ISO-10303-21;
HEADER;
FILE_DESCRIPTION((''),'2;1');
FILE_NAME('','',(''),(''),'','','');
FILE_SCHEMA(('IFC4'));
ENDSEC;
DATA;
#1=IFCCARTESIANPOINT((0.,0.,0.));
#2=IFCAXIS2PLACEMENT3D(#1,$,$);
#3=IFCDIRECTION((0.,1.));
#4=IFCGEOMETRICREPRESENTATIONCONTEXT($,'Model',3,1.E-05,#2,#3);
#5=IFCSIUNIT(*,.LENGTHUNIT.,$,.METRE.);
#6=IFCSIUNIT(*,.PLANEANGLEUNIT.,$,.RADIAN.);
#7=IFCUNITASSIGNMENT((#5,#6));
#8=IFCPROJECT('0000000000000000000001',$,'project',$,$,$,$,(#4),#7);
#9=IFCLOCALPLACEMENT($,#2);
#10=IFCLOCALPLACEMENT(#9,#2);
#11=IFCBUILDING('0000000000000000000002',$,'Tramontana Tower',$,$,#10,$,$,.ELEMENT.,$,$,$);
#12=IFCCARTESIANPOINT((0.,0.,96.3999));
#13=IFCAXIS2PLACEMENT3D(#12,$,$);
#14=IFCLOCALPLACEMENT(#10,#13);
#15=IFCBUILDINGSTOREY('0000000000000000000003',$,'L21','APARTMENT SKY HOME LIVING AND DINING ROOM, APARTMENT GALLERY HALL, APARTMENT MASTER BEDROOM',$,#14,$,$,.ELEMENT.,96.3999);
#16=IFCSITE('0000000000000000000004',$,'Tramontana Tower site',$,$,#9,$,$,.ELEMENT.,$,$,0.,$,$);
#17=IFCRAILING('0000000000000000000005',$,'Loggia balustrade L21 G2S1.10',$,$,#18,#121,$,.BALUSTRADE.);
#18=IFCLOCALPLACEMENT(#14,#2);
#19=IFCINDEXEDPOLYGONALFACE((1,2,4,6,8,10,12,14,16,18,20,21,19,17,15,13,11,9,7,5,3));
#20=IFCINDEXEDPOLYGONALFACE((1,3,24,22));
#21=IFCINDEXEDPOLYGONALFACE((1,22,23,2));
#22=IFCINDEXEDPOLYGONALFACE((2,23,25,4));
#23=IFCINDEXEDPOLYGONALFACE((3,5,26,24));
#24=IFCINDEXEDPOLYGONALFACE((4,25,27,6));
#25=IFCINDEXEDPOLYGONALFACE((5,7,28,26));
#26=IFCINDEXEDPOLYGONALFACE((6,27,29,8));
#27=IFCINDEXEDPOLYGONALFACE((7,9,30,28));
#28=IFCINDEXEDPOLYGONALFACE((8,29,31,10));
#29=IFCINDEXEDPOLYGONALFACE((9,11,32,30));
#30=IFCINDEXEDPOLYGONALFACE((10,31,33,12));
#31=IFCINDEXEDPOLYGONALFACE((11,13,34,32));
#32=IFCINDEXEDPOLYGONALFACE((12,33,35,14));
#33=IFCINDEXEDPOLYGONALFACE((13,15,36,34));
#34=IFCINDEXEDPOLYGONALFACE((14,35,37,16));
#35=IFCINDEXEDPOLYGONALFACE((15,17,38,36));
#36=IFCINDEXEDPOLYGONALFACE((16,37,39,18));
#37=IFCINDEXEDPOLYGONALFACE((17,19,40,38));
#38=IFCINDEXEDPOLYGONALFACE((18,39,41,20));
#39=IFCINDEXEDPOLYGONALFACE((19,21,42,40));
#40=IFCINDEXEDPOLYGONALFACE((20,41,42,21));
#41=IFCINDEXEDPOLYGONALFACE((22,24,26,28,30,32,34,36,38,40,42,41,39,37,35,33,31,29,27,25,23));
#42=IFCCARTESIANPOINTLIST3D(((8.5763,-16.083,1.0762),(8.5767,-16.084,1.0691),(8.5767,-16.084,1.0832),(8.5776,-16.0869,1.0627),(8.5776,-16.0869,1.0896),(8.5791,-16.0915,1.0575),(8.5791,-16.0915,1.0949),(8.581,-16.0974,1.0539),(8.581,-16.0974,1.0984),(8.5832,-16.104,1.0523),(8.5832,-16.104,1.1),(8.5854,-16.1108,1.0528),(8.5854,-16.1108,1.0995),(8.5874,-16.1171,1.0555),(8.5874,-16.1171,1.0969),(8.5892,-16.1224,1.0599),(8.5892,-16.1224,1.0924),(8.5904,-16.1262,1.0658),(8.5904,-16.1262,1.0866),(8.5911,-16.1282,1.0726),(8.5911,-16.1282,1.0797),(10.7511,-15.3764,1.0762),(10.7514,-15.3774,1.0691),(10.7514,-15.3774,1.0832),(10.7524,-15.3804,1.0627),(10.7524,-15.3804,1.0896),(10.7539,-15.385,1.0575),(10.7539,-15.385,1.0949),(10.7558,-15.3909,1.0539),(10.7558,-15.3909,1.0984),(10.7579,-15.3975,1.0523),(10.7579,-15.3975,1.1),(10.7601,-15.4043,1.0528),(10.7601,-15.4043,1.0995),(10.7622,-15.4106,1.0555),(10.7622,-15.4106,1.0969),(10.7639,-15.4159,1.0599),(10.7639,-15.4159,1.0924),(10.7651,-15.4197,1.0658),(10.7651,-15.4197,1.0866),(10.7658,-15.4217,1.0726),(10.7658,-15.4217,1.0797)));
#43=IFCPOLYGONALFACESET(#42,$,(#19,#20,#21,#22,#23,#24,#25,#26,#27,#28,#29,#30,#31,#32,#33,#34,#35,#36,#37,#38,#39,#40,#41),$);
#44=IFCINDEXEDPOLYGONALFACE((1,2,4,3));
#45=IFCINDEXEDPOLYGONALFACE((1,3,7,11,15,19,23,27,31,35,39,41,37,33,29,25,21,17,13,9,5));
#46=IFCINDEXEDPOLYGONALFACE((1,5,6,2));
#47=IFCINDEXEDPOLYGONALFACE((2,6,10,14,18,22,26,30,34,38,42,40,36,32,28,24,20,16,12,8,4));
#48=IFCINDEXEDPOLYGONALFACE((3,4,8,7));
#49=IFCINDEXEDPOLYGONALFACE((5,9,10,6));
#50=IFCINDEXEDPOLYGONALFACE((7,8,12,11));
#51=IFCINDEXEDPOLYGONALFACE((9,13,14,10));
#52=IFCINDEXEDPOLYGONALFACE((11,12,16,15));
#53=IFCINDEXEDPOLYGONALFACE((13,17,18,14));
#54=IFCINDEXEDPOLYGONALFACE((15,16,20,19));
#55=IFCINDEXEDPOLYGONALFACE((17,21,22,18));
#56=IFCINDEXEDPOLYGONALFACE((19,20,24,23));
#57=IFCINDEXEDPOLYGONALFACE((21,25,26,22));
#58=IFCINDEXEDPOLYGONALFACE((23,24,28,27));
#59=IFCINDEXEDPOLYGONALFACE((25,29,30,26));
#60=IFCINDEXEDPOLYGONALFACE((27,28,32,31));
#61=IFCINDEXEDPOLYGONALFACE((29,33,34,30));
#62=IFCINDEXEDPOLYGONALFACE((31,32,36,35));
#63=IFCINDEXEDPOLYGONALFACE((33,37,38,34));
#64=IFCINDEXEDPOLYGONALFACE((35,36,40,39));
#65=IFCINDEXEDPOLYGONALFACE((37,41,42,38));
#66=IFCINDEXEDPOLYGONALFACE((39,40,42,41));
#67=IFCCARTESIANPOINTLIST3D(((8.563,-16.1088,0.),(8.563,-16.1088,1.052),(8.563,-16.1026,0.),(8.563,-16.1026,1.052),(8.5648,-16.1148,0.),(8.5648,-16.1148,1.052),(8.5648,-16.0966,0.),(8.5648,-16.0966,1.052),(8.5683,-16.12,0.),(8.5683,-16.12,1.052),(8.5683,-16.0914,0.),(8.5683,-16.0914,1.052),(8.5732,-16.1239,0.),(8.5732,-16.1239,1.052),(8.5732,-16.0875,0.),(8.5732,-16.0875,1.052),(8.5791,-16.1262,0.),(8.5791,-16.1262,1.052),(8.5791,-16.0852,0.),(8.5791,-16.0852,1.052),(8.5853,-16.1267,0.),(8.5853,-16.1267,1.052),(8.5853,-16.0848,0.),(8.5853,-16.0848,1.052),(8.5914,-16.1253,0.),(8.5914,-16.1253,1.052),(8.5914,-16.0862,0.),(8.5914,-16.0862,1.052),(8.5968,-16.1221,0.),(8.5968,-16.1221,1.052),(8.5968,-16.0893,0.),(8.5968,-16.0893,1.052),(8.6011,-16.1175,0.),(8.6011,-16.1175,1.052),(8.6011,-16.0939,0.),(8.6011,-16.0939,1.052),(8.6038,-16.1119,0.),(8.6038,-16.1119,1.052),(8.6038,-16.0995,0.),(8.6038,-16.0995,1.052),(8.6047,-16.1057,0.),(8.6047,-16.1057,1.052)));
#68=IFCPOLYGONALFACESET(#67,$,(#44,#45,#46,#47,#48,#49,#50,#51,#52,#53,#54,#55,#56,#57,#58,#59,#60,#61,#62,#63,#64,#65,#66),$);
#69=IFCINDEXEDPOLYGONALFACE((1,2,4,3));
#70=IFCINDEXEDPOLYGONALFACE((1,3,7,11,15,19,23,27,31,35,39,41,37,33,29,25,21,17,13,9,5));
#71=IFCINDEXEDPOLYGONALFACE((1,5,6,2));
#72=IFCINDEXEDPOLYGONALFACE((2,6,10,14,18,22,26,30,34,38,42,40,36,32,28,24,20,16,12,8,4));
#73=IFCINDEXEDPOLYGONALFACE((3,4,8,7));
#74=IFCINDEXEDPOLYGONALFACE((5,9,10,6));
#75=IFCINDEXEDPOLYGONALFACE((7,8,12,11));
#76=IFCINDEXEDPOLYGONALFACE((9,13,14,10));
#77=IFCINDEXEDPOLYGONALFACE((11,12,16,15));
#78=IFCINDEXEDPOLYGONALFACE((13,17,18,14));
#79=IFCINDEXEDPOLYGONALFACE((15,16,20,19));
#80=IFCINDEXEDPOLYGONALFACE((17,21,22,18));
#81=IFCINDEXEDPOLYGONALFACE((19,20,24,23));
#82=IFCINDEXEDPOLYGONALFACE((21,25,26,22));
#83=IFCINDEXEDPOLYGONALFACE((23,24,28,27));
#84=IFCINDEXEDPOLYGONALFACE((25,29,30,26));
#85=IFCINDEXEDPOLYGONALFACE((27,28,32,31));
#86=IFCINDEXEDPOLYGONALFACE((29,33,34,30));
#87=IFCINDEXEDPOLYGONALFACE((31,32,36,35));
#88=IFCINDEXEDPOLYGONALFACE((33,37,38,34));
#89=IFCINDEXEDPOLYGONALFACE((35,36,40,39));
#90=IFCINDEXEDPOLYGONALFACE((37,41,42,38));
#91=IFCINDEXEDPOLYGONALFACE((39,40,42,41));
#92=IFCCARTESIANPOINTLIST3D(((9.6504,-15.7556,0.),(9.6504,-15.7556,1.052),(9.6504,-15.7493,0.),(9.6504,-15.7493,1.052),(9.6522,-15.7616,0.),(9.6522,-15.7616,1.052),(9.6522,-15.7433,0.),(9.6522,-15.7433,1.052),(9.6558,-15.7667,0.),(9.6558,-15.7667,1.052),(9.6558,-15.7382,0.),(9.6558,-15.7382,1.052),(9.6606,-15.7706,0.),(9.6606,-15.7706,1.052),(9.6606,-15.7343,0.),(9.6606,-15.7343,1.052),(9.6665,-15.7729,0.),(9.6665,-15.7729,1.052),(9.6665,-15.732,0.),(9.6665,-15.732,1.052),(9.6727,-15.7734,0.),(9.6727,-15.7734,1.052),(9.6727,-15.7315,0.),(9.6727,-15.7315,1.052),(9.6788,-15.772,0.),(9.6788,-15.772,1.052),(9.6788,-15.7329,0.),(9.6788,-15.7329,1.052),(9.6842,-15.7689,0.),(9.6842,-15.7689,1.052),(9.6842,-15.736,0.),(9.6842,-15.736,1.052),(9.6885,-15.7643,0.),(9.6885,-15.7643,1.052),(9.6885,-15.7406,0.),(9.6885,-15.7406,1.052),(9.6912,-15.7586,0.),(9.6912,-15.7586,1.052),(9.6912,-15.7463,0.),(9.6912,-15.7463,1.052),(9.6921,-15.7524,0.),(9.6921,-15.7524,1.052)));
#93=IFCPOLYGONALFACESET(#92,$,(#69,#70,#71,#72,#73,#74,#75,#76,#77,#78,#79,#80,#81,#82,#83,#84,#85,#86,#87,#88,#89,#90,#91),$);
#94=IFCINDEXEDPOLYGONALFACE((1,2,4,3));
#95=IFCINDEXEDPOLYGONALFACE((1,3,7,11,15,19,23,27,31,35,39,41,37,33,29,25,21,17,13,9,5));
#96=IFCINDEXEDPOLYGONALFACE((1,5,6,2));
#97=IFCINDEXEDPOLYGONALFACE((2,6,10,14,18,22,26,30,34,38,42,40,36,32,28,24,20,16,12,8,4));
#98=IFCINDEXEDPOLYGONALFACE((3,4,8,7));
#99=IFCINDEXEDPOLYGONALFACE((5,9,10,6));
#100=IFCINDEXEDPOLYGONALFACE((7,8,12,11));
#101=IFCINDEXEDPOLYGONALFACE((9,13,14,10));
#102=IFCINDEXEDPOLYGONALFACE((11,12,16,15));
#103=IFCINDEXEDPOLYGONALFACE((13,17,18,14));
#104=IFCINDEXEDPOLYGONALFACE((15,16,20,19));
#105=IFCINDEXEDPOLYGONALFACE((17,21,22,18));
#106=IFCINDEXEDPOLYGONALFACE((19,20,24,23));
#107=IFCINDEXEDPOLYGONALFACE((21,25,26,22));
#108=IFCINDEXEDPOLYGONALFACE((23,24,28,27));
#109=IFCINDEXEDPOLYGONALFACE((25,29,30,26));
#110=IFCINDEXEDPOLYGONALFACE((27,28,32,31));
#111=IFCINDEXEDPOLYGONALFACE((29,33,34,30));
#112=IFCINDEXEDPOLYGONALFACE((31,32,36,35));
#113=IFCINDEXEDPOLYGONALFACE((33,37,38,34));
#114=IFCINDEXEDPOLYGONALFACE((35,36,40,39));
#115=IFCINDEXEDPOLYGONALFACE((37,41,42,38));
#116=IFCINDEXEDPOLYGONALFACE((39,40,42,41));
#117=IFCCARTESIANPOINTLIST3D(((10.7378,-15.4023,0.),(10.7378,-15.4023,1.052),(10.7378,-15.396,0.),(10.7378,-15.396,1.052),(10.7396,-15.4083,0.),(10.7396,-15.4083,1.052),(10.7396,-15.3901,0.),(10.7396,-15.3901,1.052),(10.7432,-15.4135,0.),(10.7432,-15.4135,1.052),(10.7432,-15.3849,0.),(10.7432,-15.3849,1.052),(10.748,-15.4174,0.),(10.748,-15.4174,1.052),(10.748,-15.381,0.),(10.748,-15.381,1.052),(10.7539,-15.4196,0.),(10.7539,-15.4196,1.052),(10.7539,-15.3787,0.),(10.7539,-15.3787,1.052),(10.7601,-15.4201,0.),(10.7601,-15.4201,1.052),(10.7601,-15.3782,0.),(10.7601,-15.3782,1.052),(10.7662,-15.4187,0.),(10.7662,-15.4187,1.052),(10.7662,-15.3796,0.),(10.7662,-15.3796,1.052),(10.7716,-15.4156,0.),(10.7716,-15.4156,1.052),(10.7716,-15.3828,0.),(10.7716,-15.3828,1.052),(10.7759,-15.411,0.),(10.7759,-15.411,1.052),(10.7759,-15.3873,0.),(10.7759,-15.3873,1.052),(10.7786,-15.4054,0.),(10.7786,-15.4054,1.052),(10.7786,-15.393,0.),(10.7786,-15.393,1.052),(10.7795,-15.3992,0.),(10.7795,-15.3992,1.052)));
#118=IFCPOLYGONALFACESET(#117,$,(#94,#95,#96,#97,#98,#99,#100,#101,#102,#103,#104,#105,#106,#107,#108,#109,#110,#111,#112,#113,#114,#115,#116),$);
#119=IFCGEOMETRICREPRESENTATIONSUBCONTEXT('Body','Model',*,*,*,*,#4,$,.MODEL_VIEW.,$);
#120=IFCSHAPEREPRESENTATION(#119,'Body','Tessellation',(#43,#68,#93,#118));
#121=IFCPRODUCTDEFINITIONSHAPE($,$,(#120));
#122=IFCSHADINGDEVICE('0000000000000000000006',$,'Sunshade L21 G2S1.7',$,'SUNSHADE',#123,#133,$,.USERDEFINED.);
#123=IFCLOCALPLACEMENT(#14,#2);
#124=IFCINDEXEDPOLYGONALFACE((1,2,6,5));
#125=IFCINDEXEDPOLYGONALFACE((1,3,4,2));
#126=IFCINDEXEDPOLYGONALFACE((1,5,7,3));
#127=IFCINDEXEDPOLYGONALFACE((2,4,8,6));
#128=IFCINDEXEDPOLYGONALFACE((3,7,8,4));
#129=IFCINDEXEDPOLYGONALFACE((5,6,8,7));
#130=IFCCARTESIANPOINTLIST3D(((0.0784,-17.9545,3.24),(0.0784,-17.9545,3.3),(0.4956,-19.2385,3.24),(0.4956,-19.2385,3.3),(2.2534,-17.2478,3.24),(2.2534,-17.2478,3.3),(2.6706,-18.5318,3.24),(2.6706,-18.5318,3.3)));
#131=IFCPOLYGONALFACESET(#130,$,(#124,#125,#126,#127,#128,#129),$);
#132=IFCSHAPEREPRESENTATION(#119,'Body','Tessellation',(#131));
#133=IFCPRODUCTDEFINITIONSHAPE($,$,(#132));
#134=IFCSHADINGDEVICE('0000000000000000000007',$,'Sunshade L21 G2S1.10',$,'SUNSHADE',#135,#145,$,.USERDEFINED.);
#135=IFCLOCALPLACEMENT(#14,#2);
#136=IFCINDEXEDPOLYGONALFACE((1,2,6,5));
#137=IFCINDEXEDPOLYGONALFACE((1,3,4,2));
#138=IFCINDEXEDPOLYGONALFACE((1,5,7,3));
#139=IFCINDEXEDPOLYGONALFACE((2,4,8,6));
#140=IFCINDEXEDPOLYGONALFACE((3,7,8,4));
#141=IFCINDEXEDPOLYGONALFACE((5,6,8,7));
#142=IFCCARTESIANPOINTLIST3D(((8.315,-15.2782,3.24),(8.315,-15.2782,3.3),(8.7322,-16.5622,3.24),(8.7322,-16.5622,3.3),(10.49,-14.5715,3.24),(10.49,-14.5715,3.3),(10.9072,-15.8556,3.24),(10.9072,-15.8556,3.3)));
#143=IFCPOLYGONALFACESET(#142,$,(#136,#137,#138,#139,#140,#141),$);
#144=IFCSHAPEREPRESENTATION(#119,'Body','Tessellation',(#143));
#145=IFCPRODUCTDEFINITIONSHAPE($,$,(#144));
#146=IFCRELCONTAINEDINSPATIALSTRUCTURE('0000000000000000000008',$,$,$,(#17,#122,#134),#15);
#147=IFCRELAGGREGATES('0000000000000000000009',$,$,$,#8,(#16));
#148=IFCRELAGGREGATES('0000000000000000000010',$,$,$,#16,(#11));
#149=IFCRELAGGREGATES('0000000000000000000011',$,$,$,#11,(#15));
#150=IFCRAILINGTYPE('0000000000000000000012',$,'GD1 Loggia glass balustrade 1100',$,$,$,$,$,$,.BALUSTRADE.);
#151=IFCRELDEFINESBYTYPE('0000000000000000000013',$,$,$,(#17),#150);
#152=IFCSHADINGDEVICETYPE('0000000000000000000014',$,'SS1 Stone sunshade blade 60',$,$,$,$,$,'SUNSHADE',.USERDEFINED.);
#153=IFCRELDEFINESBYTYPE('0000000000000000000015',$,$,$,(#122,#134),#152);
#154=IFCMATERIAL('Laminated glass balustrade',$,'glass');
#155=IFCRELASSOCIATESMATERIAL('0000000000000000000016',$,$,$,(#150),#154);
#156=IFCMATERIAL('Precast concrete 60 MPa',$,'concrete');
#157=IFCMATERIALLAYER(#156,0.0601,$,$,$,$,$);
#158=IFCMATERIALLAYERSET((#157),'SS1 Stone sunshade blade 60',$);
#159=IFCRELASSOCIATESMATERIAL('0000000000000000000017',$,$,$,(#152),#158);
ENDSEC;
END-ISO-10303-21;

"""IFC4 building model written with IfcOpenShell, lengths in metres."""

from ifc_helpers import new_model, si_unit, direction, frame, origin, origin_2d, place, context, subcontext, project, spatial, rectangle, circle, extrude, material, layer, layer_set, type_object, element, save


model = new_model("IFC4")

# Units and contexts
model_context = context("Model", 3, precision=1e-05, world=origin(), true_north=direction((0.0, 1.0)))
body_context = subcontext(model_context, "Body", "Model", "MODEL_VIEW")
ifc_project = project(units=[si_unit("LENGTHUNIT", "METRE"), si_unit("PLANEANGLEUNIT", "RADIAN")], contexts=[model_context])

# Site, building, storey
site_placement = place(None, origin())
site = spatial("IfcSite", under=ifc_project, at=site_placement, Name="Tramontana Tower site", CompositionType="ELEMENT", RefElevation=0.0)
building_placement = place(site_placement, origin())
building = spatial("IfcBuilding", under=site, at=building_placement, Name="Tramontana Tower", CompositionType="ELEMENT")
storey_placement = place(building_placement, frame((0.0, 0.0, 96.3999)))
storey = spatial("IfcBuildingStorey", under=building, at=storey_placement, Name="L21", Description="APARTMENT SKY HOME LIVING AND DINING ROOM, APARTMENT GALLERY HALL, APARTMENT MASTER BEDROOM", CompositionType="ELEMENT", Elevation=96.3999)

# Railing
ifc_material_1 = material(Name="Laminated glass balustrade", Category="glass")
railing_type = type_object("IfcRailingType", Name="GD1 Loggia glass balustrade 1100", PredefinedType="BALUSTRADE", material=ifc_material_1)
railing_1_placement = place(storey_placement, frame((8.5837, -16.1057, 0.0)))
element("IfcRailing", 1, at=railing_1_placement, inside=storey, type_object=railing_type, Name="Loggia balustrade L21 G2S1.10", PredefinedType="BALUSTRADE", context=body_context, shape_type="SweptSolid", body=[
    extrude(circle(Radius=0.0239, at=origin_2d()), frame((0.0, 0.0, 1.0762), z_axis=(0.951069, 0.30898, 0.0), x_axis=(-0.30898, 0.951069, 0.0)), (0.0, 0.0, 1.0), 2.2866),
    extrude(circle(Radius=0.021, at=origin_2d()), origin(), (0.0, 0.0, 1.0), 1.052),
    extrude(circle(Radius=0.021, at=origin_2d()), frame((1.0874, 0.3533, 0.0)), (0.0, 0.0, 1.0), 1.052),
    extrude(circle(Radius=0.021, at=origin_2d()), frame((2.1748, 0.7065, 0.0)), (0.0, 0.0, 1.0), 1.052),
])

# Shading devices
ifc_material_2 = material(Name="Precast concrete 60 MPa", Category="concrete")
ifc_layer_1 = layer(ifc_material_2, 0.0601)
ifc_layer_set_1 = layer_set([ifc_layer_1], Name="SS1 Stone sunshade blade 60")
shading_device_type = type_object("IfcShadingDeviceType", Name="SS1 Stone sunshade blade 60", ElementType="SUNSHADE", PredefinedType="USERDEFINED", material=ifc_layer_set_1)
for number, where, z_axis, x_axis, name in (
    (2, (1.3745, -18.2432, 3.24), (0.0, 0.0, 1.0), (0.951057, 0.309017, 0.0), "Sunshade L21 G2S1.7"),
    (3, (9.6111, -15.5669, 3.24), (0.0, 0.0, 1.0), (0.951057, 0.309017, 0.0), "Sunshade L21 G2S1.10"),
):
    element("IfcShadingDevice", number, at=place(storey_placement, frame(where, z_axis=z_axis, x_axis=x_axis)), inside=storey, type_object=shading_device_type, Name=name, ObjectType="SUNSHADE", PredefinedType="USERDEFINED", context=body_context, shape_type="SweptSolid", body=[
        extrude(rectangle(XDim=2.2869, YDim=1.3501, at=origin_2d()), origin(), (0.0, 0.0, 1.0), 0.0601),
    ])

save(model, "model.ifc")
